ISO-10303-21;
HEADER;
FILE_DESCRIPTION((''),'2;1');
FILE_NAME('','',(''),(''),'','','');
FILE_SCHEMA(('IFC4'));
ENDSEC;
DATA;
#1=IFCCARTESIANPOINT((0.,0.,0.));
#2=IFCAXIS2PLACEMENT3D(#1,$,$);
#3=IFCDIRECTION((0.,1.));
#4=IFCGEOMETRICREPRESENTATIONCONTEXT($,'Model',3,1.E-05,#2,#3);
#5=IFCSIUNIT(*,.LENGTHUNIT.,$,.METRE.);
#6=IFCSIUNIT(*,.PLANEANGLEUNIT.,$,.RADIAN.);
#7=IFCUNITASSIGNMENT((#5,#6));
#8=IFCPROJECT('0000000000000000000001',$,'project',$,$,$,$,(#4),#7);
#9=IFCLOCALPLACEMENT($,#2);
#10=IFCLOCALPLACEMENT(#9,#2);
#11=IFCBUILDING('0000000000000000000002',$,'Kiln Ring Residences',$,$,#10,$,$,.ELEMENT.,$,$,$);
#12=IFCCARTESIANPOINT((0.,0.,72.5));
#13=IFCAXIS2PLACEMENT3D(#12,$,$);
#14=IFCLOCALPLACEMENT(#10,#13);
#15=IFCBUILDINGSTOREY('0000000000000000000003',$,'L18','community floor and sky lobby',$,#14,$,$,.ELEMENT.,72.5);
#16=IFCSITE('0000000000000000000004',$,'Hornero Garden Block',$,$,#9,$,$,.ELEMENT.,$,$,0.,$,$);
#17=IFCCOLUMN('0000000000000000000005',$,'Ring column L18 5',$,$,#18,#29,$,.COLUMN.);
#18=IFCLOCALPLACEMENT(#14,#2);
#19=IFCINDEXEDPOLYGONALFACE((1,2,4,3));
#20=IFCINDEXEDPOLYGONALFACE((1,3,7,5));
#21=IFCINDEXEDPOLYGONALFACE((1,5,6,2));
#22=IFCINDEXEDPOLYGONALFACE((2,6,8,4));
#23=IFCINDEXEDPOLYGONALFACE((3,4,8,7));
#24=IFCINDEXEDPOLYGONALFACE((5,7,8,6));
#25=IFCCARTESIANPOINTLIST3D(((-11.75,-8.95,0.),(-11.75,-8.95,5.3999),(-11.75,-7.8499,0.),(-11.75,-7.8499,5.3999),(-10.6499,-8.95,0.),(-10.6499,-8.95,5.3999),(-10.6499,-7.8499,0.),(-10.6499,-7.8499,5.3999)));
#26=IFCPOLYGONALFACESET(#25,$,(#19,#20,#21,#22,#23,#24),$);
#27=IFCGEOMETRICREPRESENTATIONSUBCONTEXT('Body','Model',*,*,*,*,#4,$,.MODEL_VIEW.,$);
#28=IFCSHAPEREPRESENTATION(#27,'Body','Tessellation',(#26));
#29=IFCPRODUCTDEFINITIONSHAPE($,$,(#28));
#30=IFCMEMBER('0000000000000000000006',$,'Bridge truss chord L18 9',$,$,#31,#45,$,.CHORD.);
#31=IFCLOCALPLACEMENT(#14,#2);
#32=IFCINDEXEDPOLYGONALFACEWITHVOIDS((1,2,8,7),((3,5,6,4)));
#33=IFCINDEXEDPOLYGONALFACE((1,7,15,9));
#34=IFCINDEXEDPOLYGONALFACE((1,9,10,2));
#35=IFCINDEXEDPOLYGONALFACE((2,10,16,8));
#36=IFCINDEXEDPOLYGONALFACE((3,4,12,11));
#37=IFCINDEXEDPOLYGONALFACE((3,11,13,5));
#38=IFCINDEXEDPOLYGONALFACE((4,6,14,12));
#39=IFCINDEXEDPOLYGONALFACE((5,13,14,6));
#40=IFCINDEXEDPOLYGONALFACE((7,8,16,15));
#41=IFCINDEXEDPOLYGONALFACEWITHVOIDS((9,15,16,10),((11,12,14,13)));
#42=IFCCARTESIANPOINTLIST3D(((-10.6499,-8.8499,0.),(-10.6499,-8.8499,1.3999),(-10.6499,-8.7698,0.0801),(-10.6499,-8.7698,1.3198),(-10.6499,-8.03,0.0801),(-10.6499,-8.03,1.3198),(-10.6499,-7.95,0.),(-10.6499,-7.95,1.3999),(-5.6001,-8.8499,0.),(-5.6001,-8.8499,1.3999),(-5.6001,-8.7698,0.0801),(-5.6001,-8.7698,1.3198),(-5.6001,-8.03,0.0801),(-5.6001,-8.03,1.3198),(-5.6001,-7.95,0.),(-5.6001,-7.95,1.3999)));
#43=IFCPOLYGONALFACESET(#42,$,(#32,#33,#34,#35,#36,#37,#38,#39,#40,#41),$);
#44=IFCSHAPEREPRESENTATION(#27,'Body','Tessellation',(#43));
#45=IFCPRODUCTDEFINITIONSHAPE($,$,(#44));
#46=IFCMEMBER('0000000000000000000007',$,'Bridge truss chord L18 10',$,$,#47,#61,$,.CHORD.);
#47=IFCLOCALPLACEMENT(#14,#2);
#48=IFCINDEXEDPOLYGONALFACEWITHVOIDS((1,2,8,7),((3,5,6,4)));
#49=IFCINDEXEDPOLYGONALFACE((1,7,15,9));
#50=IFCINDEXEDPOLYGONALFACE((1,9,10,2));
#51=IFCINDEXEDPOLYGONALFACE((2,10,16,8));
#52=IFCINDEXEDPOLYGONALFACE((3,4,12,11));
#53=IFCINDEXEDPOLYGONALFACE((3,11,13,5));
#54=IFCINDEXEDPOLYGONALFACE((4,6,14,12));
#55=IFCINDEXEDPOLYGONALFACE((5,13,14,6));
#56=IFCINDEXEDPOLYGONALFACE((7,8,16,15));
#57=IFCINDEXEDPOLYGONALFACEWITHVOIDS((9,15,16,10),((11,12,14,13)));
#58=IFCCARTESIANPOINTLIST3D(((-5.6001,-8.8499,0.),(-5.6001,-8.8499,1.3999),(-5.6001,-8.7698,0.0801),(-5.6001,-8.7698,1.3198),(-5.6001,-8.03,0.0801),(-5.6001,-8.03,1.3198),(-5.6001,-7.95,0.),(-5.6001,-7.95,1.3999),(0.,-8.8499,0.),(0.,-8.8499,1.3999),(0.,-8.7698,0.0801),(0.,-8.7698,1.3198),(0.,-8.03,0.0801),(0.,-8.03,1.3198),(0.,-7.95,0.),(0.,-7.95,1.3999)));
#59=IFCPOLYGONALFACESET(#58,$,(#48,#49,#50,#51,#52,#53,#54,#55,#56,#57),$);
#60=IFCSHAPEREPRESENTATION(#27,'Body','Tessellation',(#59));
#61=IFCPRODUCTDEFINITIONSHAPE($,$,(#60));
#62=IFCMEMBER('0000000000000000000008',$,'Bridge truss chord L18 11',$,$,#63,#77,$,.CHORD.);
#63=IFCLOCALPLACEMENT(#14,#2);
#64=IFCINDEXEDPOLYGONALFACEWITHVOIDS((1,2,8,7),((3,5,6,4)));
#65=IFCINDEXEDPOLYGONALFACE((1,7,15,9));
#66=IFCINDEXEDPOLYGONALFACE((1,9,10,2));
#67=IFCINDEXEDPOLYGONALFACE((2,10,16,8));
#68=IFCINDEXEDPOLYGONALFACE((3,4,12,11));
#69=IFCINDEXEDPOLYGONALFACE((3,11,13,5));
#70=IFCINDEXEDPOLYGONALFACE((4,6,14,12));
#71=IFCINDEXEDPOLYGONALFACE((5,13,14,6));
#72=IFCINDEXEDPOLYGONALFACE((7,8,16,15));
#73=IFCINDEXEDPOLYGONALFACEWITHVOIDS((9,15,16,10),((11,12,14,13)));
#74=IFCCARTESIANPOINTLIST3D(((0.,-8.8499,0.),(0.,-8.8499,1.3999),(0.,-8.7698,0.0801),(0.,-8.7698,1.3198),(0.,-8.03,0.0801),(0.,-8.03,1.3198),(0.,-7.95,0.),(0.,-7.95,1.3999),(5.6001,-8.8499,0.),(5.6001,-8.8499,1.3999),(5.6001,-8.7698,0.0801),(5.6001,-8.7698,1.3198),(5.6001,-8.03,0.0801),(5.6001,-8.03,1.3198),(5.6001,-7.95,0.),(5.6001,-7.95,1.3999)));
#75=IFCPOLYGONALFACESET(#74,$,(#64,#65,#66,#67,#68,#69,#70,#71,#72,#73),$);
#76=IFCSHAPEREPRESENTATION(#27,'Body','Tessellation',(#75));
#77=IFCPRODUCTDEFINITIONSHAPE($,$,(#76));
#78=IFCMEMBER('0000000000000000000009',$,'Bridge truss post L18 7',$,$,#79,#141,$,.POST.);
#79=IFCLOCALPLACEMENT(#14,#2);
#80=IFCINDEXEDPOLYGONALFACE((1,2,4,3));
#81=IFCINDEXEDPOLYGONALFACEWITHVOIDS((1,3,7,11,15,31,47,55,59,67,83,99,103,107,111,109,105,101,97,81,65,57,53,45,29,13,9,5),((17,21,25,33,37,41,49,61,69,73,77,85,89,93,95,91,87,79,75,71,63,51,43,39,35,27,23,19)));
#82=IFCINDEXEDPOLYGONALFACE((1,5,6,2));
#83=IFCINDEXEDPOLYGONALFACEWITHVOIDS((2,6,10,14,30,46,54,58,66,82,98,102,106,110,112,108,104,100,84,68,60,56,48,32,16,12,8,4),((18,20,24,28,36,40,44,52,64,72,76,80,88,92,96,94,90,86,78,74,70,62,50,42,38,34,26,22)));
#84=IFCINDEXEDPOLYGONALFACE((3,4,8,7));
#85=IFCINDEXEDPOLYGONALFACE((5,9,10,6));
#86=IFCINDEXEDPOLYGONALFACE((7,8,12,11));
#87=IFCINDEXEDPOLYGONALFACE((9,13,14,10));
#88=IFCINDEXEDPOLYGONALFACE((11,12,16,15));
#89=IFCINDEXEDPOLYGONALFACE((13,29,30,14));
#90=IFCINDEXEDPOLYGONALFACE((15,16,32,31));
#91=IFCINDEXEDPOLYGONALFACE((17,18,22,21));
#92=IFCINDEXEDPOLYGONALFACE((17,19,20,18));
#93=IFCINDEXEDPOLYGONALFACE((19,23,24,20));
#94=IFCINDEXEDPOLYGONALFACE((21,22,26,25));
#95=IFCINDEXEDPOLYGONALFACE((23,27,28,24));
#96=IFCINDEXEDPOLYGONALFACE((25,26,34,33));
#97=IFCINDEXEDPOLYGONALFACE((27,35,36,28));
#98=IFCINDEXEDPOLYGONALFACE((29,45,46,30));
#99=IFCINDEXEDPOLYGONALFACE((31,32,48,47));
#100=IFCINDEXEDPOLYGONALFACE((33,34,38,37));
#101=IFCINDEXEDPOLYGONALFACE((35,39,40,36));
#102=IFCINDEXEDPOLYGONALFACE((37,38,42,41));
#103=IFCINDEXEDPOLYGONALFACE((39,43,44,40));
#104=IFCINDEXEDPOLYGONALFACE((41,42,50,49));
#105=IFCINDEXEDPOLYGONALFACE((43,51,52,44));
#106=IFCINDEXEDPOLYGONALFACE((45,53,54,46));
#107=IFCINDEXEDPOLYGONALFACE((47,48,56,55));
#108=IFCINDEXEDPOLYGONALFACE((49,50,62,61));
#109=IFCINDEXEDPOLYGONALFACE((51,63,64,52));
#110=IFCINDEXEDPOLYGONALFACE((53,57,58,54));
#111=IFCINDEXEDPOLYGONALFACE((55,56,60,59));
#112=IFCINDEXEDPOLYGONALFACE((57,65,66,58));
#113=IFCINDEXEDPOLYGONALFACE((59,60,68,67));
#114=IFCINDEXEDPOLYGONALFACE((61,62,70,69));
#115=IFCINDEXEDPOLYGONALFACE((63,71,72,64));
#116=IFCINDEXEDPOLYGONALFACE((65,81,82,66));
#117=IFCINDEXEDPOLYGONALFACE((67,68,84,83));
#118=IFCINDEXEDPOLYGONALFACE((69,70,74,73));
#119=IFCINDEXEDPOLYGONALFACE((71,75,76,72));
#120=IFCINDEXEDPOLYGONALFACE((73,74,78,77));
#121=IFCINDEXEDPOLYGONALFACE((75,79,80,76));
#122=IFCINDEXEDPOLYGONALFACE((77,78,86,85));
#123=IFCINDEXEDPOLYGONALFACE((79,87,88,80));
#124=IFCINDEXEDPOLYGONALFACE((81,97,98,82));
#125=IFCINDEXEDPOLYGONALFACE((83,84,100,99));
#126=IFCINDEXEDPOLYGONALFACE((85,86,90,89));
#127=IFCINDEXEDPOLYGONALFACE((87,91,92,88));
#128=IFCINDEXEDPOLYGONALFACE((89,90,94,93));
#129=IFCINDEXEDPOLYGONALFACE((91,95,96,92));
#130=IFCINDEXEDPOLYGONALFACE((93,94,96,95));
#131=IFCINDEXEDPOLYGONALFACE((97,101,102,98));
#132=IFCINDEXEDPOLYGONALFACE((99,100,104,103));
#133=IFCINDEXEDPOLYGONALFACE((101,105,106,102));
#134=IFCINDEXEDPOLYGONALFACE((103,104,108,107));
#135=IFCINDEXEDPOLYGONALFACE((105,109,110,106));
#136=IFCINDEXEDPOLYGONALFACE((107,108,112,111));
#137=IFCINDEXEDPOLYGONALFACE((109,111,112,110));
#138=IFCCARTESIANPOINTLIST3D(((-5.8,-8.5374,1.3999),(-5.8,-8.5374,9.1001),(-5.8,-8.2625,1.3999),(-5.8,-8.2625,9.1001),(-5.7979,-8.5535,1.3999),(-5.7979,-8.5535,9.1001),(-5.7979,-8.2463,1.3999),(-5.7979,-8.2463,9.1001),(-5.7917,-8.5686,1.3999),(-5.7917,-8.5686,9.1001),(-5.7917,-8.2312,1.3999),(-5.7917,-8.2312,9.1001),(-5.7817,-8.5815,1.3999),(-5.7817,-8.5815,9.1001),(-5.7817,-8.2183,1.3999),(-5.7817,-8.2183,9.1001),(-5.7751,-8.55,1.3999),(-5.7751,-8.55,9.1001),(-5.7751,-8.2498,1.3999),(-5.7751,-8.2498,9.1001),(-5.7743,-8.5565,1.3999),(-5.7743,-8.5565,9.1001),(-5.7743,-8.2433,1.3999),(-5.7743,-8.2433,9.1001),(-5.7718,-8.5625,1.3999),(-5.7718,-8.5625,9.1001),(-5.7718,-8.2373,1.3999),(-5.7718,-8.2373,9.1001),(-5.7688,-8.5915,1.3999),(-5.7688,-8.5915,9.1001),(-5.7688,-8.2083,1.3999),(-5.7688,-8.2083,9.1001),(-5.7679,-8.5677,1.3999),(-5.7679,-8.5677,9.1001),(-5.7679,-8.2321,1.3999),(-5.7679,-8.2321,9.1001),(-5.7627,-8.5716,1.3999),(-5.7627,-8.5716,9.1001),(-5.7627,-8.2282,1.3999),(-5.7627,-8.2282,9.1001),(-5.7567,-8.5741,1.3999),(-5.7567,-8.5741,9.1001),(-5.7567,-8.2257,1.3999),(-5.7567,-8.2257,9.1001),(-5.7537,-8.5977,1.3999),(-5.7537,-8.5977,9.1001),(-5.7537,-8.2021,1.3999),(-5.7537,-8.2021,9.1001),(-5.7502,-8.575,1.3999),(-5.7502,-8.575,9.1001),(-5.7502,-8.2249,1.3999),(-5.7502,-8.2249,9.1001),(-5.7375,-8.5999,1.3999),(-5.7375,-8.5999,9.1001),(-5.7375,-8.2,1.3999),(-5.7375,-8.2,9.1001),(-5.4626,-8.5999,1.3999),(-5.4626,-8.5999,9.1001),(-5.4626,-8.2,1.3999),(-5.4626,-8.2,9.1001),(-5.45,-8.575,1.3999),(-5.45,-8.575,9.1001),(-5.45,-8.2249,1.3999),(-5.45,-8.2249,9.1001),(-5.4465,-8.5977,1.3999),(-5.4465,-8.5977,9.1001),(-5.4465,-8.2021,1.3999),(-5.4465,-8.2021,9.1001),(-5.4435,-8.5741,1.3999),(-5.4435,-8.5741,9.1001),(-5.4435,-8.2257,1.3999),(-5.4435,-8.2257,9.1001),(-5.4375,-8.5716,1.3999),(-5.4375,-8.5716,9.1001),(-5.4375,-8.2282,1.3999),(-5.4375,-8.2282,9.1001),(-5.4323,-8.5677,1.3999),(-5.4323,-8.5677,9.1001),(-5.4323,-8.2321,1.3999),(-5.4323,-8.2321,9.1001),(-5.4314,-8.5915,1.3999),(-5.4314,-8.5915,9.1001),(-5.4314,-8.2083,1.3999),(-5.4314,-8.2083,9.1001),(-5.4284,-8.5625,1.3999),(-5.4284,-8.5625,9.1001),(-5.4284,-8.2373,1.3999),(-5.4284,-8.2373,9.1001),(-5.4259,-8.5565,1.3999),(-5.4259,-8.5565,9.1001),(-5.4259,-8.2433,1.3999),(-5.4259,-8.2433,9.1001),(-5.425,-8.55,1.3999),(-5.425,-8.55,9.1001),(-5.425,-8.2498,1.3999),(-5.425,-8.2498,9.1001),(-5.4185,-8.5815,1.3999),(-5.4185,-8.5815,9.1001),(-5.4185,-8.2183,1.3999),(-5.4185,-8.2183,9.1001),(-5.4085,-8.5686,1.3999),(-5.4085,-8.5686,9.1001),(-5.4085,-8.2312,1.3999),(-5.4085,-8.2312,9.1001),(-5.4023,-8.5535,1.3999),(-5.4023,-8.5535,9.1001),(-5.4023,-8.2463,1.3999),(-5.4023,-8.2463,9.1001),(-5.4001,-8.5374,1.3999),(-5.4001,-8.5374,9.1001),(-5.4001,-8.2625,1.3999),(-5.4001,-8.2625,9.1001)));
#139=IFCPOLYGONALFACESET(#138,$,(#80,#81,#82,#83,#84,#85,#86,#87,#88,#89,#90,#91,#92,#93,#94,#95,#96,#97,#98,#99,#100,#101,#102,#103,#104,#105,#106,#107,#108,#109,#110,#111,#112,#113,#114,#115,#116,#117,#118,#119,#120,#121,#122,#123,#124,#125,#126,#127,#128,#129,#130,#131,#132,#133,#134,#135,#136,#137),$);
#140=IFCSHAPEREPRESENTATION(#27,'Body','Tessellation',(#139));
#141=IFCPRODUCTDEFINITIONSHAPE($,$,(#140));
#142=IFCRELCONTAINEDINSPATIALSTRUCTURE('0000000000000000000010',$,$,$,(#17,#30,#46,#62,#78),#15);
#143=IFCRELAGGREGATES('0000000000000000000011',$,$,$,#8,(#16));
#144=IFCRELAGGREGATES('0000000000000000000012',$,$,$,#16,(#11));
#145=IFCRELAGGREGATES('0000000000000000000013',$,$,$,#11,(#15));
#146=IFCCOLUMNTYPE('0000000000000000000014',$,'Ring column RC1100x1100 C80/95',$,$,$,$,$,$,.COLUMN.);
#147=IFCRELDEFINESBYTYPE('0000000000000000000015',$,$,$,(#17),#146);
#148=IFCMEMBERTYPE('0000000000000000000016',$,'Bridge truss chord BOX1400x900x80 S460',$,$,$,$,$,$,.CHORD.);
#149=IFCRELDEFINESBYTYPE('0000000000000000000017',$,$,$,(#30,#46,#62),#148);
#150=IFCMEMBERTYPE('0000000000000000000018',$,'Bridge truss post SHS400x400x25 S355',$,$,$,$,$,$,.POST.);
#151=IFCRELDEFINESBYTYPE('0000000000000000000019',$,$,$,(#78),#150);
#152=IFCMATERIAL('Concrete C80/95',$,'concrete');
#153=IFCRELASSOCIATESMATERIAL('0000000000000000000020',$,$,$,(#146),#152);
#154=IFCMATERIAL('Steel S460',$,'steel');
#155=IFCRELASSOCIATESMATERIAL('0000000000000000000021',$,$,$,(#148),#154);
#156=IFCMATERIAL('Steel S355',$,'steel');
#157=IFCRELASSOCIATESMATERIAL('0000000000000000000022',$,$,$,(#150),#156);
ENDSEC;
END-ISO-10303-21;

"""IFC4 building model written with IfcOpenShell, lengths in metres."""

from ifc_helpers import new_model, si_unit, direction, frame, origin, origin_2d, place, context, subcontext, project, spatial, rectangle, hollow_rectangle, extrude, material, material_profile, profile_set, type_object, element, save


model = new_model("IFC4")

# Units and contexts
model_context = context("Model", 3, precision=1e-05, world=origin(), true_north=direction((0.0, 1.0)))
body_context = subcontext(model_context, "Body", "Model", "MODEL_VIEW")
ifc_project = project(units=[si_unit("LENGTHUNIT", "METRE"), si_unit("PLANEANGLEUNIT", "RADIAN")], contexts=[model_context])

# Site, building, storey
site_placement = place(None, origin())
site = spatial("IfcSite", under=ifc_project, at=site_placement, Name="Hornero Garden Block", CompositionType="ELEMENT", RefElevation=0.0)
building_placement = place(site_placement, origin())
building = spatial("IfcBuilding", under=site, at=building_placement, Name="Kiln Ring Residences", CompositionType="ELEMENT")
storey_placement = place(building_placement, frame((0.0, 0.0, 72.5)))
storey = spatial("IfcBuildingStorey", under=building, at=storey_placement, Name="L18", Description="community floor and sky lobby", CompositionType="ELEMENT", Elevation=72.5)

# Column
ifc_material_1 = material(Name="Concrete C80/95", Category="concrete")
ifc_material_profile_1 = material_profile(ifc_material_1, rectangle(XDim=1.1001, YDim=1.1001, at=origin_2d()), Name="RC1100x1100")
ifc_profile_set_1 = profile_set([ifc_material_profile_1], Name="Concrete C80/95")
column_type = type_object("IfcColumnType", Name="Ring column RC1100x1100 C80/95", PredefinedType="COLUMN", material=ifc_profile_set_1)
column_placement = place(storey_placement, frame((-11.2, -8.3999, 0.0), z_axis=(0.0, 0.0, 1.0), x_axis=(1.0, 0.0, 0.0)))
element("IfcColumn", 1, at=column_placement, inside=storey, type_object=column_type, Name="Ring column L18 5", PredefinedType="COLUMN", context=body_context, shape_type="SweptSolid", body=[
    extrude(rectangle(XDim=1.1001, YDim=1.1001, at=origin_2d()), origin(), (0.0, 0.0, 1.0), 5.3999),
])

# Members
ifc_material_2 = material(Name="Steel S460", Category="steel")
ifc_material_profile_2 = material_profile(ifc_material_2, hollow_rectangle(XDim=0.8999, YDim=1.3999, WallThickness=0.0801, at=origin_2d()), Name="BOX1400x900x80")
ifc_profile_set_2 = profile_set([ifc_material_profile_2], Name="Steel S460")
member_type_1 = type_object("IfcMemberType", Name="Bridge truss chord BOX1400x900x80 S460", PredefinedType="CHORD", material=ifc_profile_set_2)
member_1_placement = place(storey_placement, frame((-10.6499, -8.3999, 0.7), z_axis=(1.0, 0.0, 0.0), x_axis=(0.0, 1.0, 0.0)))
element("IfcMember", 2, at=member_1_placement, inside=storey, type_object=member_type_1, Name="Bridge truss chord L18 9", PredefinedType="CHORD", context=body_context, shape_type="SweptSolid", body=[
    extrude(hollow_rectangle(XDim=0.8999, YDim=1.3999, WallThickness=0.0801, at=origin_2d()), origin(), (0.0, 0.0, 1.0), 5.0498),
])
for number, where, z_axis, x_axis, name in (
    (3, (-5.6001, -8.3999, 0.7), (1.0, 0.0, 0.0), (0.0, 1.0, 0.0), "Bridge truss chord L18 10"),
    (4, (0.0, -8.3999, 0.7), (1.0, 0.0, 0.0), (0.0, 1.0, 0.0), "Bridge truss chord L18 11"),
):
    element("IfcMember", number, at=place(storey_placement, frame(where, z_axis=z_axis, x_axis=x_axis)), inside=storey, type_object=member_type_1, Name=name, PredefinedType="CHORD", context=body_context, shape_type="SweptSolid", body=[
        extrude(hollow_rectangle(XDim=0.8999, YDim=1.3999, WallThickness=0.0801, at=origin_2d()), origin(), (0.0, 0.0, 1.0), 5.6001),
    ])
ifc_material_3 = material(Name="Steel S355", Category="steel")
ifc_material_profile_3 = material_profile(ifc_material_3, hollow_rectangle(XDim=0.3999, YDim=0.3999, WallThickness=0.0249, InnerFilletRadius=0.0249, OuterFilletRadius=0.0625, at=origin_2d()), Name="SHS400x400x25")
ifc_profile_set_3 = profile_set([ifc_material_profile_3], Name="Steel S355")
member_type_2 = type_object("IfcMemberType", Name="Bridge truss post SHS400x400x25 S355", PredefinedType="POST", material=ifc_profile_set_3)
for number, where, z_axis, x_axis, name in (
    (5, (-5.6001, -8.3999, 1.3999), (0.0, 0.0, 1.0), (1.0, 0.0, 0.0), "Bridge truss post L18 7"),
):
    element("IfcMember", number, at=place(storey_placement, frame(where, z_axis=z_axis, x_axis=x_axis)), inside=storey, type_object=member_type_2, Name=name, PredefinedType="POST", context=body_context, shape_type="SweptSolid", body=[
        extrude(hollow_rectangle(XDim=0.3999, YDim=0.3999, WallThickness=0.0249, InnerFilletRadius=0.0249, OuterFilletRadius=0.0625, at=origin_2d()), origin(), (0.0, 0.0, 1.0), 7.7002),
    ])

save(model, "model.ifc")
